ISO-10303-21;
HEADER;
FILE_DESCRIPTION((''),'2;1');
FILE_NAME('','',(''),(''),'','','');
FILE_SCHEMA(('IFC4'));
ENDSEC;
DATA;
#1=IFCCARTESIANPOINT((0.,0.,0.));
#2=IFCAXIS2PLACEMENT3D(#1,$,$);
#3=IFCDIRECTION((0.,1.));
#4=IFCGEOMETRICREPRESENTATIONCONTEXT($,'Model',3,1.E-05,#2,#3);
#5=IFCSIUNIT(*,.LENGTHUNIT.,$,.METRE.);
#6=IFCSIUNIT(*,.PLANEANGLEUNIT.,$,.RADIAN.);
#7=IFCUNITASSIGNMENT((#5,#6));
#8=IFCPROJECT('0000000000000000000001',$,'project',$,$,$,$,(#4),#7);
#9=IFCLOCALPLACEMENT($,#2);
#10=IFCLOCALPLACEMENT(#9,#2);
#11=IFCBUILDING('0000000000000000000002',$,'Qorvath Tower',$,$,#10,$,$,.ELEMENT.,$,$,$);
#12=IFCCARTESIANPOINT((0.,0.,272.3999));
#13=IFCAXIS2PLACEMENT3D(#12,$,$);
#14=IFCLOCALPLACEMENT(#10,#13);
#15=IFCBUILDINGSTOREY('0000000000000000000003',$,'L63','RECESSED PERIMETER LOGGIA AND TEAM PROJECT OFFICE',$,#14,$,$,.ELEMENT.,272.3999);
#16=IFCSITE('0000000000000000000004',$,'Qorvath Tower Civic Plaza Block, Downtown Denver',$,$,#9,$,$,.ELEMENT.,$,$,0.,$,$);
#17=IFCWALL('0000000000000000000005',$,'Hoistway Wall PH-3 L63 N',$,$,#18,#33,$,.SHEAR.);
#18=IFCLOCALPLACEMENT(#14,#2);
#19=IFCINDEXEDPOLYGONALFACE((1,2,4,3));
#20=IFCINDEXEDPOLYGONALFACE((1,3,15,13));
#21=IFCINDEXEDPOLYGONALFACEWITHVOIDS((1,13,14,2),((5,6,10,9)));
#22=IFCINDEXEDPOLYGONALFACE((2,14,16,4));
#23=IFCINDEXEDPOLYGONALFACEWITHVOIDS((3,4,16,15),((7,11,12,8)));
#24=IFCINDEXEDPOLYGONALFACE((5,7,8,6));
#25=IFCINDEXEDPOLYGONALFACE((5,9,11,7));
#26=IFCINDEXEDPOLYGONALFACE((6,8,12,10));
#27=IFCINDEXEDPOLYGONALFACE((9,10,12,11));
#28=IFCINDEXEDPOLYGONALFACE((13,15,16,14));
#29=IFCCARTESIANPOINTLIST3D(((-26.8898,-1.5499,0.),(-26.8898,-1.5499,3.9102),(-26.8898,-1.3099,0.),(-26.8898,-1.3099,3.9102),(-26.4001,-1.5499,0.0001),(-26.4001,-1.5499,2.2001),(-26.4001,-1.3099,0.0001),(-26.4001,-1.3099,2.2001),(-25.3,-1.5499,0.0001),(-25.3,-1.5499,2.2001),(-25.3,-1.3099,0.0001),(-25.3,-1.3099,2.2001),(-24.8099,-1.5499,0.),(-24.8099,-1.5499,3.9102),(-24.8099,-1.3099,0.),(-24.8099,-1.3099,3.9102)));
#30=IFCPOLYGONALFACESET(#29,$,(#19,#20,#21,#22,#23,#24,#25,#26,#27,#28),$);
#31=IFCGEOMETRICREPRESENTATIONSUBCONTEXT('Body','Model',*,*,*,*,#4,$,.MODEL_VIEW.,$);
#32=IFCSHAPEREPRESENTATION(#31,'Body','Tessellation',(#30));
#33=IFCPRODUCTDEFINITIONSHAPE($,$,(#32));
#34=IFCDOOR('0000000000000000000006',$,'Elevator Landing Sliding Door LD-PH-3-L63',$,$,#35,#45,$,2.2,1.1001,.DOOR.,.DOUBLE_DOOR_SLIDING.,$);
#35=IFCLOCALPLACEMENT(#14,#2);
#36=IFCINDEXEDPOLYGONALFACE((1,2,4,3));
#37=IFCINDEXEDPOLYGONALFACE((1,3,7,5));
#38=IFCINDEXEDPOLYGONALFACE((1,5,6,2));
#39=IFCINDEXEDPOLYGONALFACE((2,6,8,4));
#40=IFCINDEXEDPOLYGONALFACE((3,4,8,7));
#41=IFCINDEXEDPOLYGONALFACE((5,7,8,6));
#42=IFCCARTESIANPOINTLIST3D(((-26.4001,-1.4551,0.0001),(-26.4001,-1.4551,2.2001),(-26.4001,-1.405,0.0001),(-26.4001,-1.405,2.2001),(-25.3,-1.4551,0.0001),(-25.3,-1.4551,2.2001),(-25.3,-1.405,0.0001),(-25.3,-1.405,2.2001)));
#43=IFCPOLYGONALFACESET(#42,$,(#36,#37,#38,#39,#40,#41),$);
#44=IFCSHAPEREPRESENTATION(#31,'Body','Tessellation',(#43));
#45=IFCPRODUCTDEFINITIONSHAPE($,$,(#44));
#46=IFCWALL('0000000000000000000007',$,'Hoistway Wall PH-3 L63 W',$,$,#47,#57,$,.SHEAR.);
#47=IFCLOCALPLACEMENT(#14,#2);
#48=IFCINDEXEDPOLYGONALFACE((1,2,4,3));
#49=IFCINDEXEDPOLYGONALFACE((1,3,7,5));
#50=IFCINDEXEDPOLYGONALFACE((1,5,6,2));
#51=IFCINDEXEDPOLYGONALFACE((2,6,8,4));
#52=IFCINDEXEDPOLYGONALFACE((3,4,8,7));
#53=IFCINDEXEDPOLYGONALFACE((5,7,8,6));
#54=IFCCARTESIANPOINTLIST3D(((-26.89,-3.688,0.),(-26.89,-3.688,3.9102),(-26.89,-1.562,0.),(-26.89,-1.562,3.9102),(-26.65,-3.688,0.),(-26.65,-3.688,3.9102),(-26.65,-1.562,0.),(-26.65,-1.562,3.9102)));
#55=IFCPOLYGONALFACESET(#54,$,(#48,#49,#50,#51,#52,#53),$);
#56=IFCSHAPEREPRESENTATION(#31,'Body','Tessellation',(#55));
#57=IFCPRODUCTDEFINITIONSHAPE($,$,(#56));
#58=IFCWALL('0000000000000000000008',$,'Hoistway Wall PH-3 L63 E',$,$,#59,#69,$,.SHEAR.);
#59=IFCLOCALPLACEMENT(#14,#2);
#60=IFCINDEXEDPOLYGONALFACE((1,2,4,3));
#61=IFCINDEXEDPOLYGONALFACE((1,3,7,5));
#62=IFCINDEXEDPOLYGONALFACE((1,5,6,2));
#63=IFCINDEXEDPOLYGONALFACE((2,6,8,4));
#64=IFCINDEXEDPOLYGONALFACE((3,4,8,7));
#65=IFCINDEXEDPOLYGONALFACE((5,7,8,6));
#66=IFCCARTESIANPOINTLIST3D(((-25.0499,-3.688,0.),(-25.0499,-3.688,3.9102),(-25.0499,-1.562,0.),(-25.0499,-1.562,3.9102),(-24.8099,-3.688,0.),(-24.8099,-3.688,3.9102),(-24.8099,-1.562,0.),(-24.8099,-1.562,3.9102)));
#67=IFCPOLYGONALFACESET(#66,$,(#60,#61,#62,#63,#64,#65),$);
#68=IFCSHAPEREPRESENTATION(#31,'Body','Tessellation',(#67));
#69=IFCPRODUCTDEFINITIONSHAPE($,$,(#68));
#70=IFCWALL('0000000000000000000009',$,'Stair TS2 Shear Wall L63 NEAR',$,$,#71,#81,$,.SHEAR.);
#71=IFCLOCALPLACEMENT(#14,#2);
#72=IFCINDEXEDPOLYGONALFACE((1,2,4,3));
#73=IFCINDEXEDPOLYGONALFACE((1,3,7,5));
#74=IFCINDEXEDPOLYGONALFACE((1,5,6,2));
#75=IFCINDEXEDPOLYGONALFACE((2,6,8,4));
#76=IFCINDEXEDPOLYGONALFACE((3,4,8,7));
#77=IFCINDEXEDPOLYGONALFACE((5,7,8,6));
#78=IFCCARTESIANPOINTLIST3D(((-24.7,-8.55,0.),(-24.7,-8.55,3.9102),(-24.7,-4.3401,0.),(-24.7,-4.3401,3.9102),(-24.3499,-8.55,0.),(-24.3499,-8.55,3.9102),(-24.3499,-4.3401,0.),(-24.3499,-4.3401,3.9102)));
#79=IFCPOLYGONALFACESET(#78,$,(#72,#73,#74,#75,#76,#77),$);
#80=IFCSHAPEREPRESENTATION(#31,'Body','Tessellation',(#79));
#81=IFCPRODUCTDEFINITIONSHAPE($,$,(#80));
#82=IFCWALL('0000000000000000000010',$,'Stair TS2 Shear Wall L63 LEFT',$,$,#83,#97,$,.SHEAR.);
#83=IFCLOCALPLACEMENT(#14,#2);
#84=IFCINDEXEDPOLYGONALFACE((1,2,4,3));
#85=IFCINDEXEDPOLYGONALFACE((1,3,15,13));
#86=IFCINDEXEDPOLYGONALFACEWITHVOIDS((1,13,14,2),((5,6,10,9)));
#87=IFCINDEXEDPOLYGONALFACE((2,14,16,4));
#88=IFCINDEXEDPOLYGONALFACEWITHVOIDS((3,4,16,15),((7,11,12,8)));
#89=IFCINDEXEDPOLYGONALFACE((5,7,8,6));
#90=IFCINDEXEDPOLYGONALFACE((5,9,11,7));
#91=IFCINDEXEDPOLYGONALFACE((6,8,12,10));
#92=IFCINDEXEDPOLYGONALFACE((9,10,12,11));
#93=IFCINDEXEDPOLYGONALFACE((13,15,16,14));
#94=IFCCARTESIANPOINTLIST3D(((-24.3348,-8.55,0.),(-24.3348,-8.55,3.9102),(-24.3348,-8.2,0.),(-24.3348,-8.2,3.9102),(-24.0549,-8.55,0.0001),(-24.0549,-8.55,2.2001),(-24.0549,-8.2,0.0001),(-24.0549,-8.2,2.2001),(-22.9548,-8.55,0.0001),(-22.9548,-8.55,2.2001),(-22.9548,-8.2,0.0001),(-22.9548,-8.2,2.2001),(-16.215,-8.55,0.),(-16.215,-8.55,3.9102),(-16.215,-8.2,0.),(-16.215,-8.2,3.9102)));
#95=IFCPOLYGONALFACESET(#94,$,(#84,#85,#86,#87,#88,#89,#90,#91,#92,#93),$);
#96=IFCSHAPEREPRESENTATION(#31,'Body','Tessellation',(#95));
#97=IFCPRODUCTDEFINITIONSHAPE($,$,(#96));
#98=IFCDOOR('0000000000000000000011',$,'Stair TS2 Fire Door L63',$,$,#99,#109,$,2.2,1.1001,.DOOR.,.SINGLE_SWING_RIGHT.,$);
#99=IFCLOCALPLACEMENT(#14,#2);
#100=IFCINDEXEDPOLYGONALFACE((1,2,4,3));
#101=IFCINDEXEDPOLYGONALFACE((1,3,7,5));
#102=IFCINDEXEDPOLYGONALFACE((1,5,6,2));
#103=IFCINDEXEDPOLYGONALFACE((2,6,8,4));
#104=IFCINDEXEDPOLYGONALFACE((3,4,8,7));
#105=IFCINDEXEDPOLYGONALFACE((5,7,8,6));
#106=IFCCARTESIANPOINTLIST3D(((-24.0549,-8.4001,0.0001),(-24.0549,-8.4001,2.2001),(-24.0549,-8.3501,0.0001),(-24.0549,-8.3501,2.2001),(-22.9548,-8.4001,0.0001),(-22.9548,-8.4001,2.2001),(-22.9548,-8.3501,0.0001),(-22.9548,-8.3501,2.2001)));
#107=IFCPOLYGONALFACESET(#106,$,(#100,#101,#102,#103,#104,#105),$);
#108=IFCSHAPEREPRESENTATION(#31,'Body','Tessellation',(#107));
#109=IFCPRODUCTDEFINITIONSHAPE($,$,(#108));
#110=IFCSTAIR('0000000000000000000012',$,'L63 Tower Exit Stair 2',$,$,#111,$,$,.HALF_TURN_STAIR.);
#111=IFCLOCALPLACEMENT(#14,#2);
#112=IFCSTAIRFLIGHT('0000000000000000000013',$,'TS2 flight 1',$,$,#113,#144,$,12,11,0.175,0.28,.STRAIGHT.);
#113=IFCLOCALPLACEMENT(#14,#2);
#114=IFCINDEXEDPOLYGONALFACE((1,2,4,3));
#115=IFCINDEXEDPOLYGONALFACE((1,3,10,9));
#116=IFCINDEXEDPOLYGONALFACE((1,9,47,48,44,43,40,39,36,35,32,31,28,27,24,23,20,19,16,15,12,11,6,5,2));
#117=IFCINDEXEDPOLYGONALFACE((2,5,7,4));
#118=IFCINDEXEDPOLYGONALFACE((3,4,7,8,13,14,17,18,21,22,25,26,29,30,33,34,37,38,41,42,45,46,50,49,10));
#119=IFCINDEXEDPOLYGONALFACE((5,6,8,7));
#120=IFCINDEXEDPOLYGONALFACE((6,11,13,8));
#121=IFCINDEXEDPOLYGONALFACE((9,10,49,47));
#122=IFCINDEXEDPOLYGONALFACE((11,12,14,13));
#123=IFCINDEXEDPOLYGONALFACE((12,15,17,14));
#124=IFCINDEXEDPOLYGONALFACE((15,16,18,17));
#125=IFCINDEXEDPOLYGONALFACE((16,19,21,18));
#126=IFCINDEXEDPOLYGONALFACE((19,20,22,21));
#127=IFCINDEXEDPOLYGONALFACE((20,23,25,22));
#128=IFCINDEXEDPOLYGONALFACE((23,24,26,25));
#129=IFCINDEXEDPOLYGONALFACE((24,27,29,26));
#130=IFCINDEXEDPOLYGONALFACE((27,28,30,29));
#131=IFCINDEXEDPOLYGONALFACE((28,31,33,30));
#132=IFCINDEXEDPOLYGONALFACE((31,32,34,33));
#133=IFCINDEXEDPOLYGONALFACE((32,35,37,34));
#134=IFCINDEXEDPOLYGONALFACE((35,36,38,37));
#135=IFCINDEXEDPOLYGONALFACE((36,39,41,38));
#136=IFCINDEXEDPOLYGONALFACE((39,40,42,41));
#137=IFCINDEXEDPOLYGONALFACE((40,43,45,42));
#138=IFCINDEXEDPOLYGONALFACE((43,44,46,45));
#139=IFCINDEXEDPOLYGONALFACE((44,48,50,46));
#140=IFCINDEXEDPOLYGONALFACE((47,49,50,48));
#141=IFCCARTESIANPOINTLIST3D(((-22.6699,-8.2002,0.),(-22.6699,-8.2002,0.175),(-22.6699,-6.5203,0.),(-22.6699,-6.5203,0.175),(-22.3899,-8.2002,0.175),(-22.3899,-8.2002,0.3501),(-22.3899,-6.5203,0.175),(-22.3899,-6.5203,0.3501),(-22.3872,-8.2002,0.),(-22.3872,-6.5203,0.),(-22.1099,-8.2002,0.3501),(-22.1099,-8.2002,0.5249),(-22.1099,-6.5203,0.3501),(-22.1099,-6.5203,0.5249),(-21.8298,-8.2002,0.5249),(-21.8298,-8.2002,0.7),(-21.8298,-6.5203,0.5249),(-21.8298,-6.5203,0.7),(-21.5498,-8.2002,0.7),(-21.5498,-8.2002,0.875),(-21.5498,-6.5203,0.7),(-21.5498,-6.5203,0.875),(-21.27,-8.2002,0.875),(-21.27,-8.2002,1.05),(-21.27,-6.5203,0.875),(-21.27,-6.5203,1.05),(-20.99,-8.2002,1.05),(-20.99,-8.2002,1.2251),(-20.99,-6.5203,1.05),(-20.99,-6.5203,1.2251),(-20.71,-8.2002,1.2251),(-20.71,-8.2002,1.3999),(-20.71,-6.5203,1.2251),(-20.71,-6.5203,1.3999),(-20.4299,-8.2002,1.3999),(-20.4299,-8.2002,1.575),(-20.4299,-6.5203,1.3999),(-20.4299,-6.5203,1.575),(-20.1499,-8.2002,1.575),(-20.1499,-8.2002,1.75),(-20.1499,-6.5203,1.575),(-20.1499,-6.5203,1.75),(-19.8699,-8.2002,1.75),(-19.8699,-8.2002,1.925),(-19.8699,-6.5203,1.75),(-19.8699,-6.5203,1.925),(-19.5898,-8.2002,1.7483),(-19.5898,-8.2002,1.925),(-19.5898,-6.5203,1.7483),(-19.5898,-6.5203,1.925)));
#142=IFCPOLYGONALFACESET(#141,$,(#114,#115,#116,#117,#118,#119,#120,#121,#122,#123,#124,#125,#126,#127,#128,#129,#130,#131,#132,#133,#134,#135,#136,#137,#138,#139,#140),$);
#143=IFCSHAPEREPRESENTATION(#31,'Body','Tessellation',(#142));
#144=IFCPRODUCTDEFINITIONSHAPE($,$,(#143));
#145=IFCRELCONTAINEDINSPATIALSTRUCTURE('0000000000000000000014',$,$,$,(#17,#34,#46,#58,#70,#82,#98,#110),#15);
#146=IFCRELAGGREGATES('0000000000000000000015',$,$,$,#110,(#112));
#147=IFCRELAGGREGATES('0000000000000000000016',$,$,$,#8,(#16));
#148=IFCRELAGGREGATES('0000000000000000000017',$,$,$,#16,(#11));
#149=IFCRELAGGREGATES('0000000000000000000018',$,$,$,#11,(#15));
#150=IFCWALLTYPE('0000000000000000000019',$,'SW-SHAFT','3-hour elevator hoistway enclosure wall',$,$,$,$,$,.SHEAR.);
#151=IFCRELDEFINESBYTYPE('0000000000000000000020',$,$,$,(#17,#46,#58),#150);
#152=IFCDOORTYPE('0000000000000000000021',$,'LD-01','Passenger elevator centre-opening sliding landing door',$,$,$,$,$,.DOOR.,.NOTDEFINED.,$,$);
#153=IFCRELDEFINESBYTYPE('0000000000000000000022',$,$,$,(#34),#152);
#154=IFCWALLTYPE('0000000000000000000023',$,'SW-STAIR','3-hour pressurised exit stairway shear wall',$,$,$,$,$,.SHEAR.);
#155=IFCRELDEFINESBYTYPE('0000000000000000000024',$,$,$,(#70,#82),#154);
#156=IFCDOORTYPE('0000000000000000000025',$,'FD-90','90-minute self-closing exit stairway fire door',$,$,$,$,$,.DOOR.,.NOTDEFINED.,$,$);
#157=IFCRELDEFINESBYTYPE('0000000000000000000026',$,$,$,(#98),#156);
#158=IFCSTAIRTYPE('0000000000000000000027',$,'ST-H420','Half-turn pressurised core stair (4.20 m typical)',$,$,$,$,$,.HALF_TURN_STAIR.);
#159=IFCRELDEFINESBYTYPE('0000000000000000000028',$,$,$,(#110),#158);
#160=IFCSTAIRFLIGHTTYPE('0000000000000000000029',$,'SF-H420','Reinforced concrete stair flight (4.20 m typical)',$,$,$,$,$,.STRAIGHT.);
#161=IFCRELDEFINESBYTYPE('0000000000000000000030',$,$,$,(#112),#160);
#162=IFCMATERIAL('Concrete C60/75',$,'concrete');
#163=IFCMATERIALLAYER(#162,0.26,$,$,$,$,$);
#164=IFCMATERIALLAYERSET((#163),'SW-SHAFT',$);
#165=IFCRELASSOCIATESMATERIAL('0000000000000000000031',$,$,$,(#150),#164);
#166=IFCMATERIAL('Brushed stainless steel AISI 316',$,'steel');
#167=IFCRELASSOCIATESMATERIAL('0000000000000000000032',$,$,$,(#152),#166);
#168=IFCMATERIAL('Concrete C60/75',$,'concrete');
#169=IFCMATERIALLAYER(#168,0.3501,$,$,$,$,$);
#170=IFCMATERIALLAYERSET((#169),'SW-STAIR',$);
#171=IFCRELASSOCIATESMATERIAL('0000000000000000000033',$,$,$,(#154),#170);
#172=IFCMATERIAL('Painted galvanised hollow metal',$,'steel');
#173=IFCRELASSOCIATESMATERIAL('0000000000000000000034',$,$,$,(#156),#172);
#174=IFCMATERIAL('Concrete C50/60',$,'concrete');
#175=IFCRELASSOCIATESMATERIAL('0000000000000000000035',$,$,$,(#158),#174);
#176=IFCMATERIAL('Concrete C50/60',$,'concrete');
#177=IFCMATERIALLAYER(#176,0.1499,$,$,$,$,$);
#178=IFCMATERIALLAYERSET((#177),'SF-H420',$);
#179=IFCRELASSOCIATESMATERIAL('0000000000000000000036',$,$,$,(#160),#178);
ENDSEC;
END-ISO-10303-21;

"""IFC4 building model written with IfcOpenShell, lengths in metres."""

from ifc_helpers import new_model, si_unit, direction, frame, frame_2d, origin, place, context, subcontext, project, spatial, polyline, rectangle, outline, extrude, material, layer, layer_set, type_object, element, fill, aggregate, save


model = new_model("IFC4")

# Units and contexts
model_context = context("Model", 3, precision=1e-05, world=origin(), true_north=direction((0.0, 1.0)))
body_context = subcontext(model_context, "Body", "Model", "MODEL_VIEW")
ifc_project = project(units=[si_unit("LENGTHUNIT", "METRE"), si_unit("PLANEANGLEUNIT", "RADIAN")], contexts=[model_context])

# Site, building, storey
site_placement = place(None, origin())
site = spatial("IfcSite", under=ifc_project, at=site_placement, Name="Qorvath Tower Civic Plaza Block, Downtown Denver", CompositionType="ELEMENT", RefElevation=0.0)
building_placement = place(site_placement, origin())
building = spatial("IfcBuilding", under=site, at=building_placement, Name="Qorvath Tower", CompositionType="ELEMENT")
storey_placement = place(building_placement, frame((0.0, 0.0, 272.3999)))
storey = spatial("IfcBuildingStorey", under=building, at=storey_placement, Name="L63", Description="RECESSED PERIMETER LOGGIA AND TEAM PROJECT OFFICE", CompositionType="ELEMENT", Elevation=272.3999)

# Shared definitions
ifc_material_1 = material(Name="Concrete C60/75", Category="concrete")
ifc_layer_1 = layer(ifc_material_1, 0.26)
ifc_layer_set_1 = layer_set([ifc_layer_1], Name="SW-SHAFT")
wall_type_1 = type_object("IfcWallType", Name="SW-SHAFT", Description="3-hour elevator hoistway enclosure wall", PredefinedType="SHEAR", material=ifc_layer_set_1)

# Wall, opening, door
wall_1_placement = place(storey_placement, frame((-26.8899, -1.4299, 0.0), z_axis=(0.0, 0.0, 1.0), x_axis=(1.0, 0.0, 0.0)))
wall_1 = element("IfcWall", 1, at=wall_1_placement, inside=storey, type_object=wall_type_1, Name="Hoistway Wall PH-3 L63 N", PredefinedType="SHEAR", context=body_context, shape_type="SweptSolid", body=[
    extrude(rectangle(XDim=2.0798, YDim=0.24, at=frame_2d((1.04, 0.0))), origin(), (0.0, 0.0, 1.0), 3.9102),
])
opening_1_placement = place(wall_1_placement, frame((0.4897, 0.0, 0.0)))
opening_1 = element("IfcOpeningElement", 2, at=opening_1_placement, cuts=wall_1, PredefinedType="OPENING", context=body_context, shape_type="SweptSolid", body=[
    extrude(rectangle(XDim=1.1001, YDim=2.2, at=frame_2d((0.55, 1.1001))), frame((0.0, 0.1299, 0.0), z_axis=(0.0, -1.0, 0.0), x_axis=(1.0, 0.0, 0.0)), (0.0, 0.0, 1.0), 0.26),
])
ifc_material_2 = material(Name="Brushed stainless steel AISI 316", Category="steel")
door_type_1 = type_object("IfcDoorType", Name="LD-01", Description="Passenger elevator centre-opening sliding landing door", OperationType="NOTDEFINED", PredefinedType="DOOR", material=ifc_material_2)
door_1_placement = place(opening_1_placement, origin())
door_1 = element("IfcDoor", 3, at=door_1_placement, inside=storey, type_object=door_type_1, Name="Elevator Landing Sliding Door LD-PH-3-L63", OperationType="DOUBLE_DOOR_SLIDING", OverallHeight=2.2, OverallWidth=1.1001, PredefinedType="DOOR", context=body_context, shape_type="SweptSolid", body=[
    extrude(rectangle(XDim=1.1001, YDim=2.2, at=frame_2d((0.55, 1.1001))), frame((0.0, 0.0249, 0.0), z_axis=(0.0, -1.0, 0.0), x_axis=(1.0, 0.0, 0.0)), (0.0, 0.0, 1.0), 0.05),
])
fill(opening_1, door_1)

# Walls
for number, where, z_axis, x_axis, name in (
    (4, (-26.77, -3.688, 0.0), (0.0, 0.0, 1.0), (0.0, 1.0, 0.0), "Hoistway Wall PH-3 L63 W"),
    (5, (-24.9299, -1.562, 0.0), (0.0, 0.0, 1.0), (0.0, -1.0, 0.0), "Hoistway Wall PH-3 L63 E"),
):
    element("IfcWall", number, at=place(storey_placement, frame(where, z_axis=z_axis, x_axis=x_axis)), inside=storey, type_object=wall_type_1, Name=name, PredefinedType="SHEAR", context=body_context, shape_type="SweptSolid", body=[
        extrude(rectangle(XDim=2.126, YDim=0.24, at=frame_2d((1.063, 0.0))), origin(), (0.0, 0.0, 1.0), 3.9102),
    ])
ifc_material_3 = material(Name="Concrete C60/75", Category="concrete")
ifc_layer_2 = layer(ifc_material_3, 0.3501)
ifc_layer_set_2 = layer_set([ifc_layer_2], Name="SW-STAIR")
wall_type_2 = type_object("IfcWallType", Name="SW-STAIR", Description="3-hour pressurised exit stairway shear wall", PredefinedType="SHEAR", material=ifc_layer_set_2)
wall_2_placement = place(storey_placement, frame((-24.5249, -4.3401, 0.0), z_axis=(0.0, 0.0, 1.0), x_axis=(0.0, -1.0, 0.0)))
element("IfcWall", 6, at=wall_2_placement, inside=storey, type_object=wall_type_2, Name="Stair TS2 Shear Wall L63 NEAR", PredefinedType="SHEAR", context=body_context, shape_type="SweptSolid", body=[
    extrude(rectangle(XDim=4.21, YDim=0.3501, at=frame_2d((2.105, 0.0))), origin(), (0.0, 0.0, 1.0), 3.9102),
])

# Wall, opening, door
wall_3_placement = place(storey_placement, frame((-24.335, -8.375, 0.0), z_axis=(0.0, 0.0, 1.0), x_axis=(1.0, 0.0, 0.0)))
wall_3 = element("IfcWall", 7, at=wall_3_placement, inside=storey, type_object=wall_type_2, Name="Stair TS2 Shear Wall L63 LEFT", PredefinedType="SHEAR", context=body_context, shape_type="SweptSolid", body=[
    extrude(rectangle(XDim=8.1199, YDim=0.3501, at=frame_2d((4.0601, 0.0))), origin(), (0.0, 0.0, 1.0), 3.9102),
])
opening_2_placement = place(wall_3_placement, frame((0.28, 0.0, 0.0)))
opening_2 = element("IfcOpeningElement", 8, at=opening_2_placement, cuts=wall_3, PredefinedType="OPENING", context=body_context, shape_type="SweptSolid", body=[
    extrude(rectangle(XDim=1.1001, YDim=2.2, at=frame_2d((0.55, 1.1001))), frame((0.0, 0.1851, 0.0), z_axis=(0.0, -1.0, 0.0), x_axis=(1.0, 0.0, 0.0)), (0.0, 0.0, 1.0), 0.3701),
])
ifc_material_4 = material(Name="Painted galvanised hollow metal", Category="steel")
door_type_2 = type_object("IfcDoorType", Name="FD-90", Description="90-minute self-closing exit stairway fire door", OperationType="NOTDEFINED", PredefinedType="DOOR", material=ifc_material_4)
door_2_placement = place(opening_2_placement, origin())
door_2 = element("IfcDoor", 9, at=door_2_placement, inside=storey, type_object=door_type_2, Name="Stair TS2 Fire Door L63", OperationType="SINGLE_SWING_RIGHT", OverallHeight=2.2, OverallWidth=1.1001, PredefinedType="DOOR", context=body_context, shape_type="SweptSolid", body=[
    extrude(rectangle(XDim=1.1001, YDim=2.2, at=frame_2d((0.55, 1.1001))), frame((0.0, 0.0249, 0.0), z_axis=(0.0, -1.0, 0.0), x_axis=(1.0, 0.0, 0.0)), (0.0, 0.0, 1.0), 0.05),
])
fill(opening_2, door_2)

# Stair, stair flight
ifc_material_5 = material(Name="Concrete C50/60", Category="concrete")
stair_type = type_object("IfcStairType", Name="ST-H420", Description="Half-turn pressurised core stair (4.20 m typical)", PredefinedType="HALF_TURN_STAIR", material=ifc_material_5)
stair_placement = place(storey_placement, origin())
stair = element("IfcStair", 10, at=stair_placement, inside=storey, type_object=stair_type, Name="L63 Tower Exit Stair 2", PredefinedType="HALF_TURN_STAIR")
ifc_material_6 = material(Name="Concrete C50/60", Category="concrete")
ifc_layer_3 = layer(ifc_material_6, 0.1499)
ifc_layer_set_3 = layer_set([ifc_layer_3], Name="SF-H420")
stair_flight_type = type_object("IfcStairFlightType", Name="SF-H420", Description="Reinforced concrete stair flight (4.20 m typical)", PredefinedType="STRAIGHT", material=ifc_layer_set_3)
stair_flight_placement = place(storey_placement, frame((-22.6699, -7.3601, 0.0), z_axis=(0.0, 0.0, 1.0), x_axis=(1.0, 0.0, 0.0)))
stair_flight = element("IfcStairFlight", 11, at=stair_flight_placement, type_object=stair_flight_type, Name="TS2 flight 1", NumberOfRisers=12, NumberOfTreads=11, PredefinedType="STRAIGHT", RiserHeight=0.175, TreadLength=0.28, context=body_context, shape_type="SweptSolid", body=[
    extrude(outline(polyline([(0.0, 0.0), (0.0, 0.175), (0.28, 0.175), (0.28, 0.3501), (0.5601, 0.3501), (0.5601, 0.5249), (0.8401, 0.5249), (0.8401, 0.7), (1.1201, 0.7), (1.1201, 0.875), (1.3999, 0.875), (1.3999, 1.05), (1.6799, 1.05), (1.6799, 1.2251), (1.96, 1.2251), (1.96, 1.3999), (2.24, 1.3999), (2.24, 1.575), (2.52, 1.575), (2.52, 1.75), (2.8, 1.75), (2.8, 1.925), (3.0801, 1.925), (3.0801, 2.1001), (3.0801, 1.7483), (0.2827, 0.0), (0.0, 0.0)])), frame((0.0, 0.8398, 0.0), z_axis=(0.0, -1.0, 0.0), x_axis=(1.0, 0.0, 0.0)), (0.0, 0.0, 1.0), 1.6799),
])
aggregate(stair, [stair_flight])

save(model, "model.ifc")
